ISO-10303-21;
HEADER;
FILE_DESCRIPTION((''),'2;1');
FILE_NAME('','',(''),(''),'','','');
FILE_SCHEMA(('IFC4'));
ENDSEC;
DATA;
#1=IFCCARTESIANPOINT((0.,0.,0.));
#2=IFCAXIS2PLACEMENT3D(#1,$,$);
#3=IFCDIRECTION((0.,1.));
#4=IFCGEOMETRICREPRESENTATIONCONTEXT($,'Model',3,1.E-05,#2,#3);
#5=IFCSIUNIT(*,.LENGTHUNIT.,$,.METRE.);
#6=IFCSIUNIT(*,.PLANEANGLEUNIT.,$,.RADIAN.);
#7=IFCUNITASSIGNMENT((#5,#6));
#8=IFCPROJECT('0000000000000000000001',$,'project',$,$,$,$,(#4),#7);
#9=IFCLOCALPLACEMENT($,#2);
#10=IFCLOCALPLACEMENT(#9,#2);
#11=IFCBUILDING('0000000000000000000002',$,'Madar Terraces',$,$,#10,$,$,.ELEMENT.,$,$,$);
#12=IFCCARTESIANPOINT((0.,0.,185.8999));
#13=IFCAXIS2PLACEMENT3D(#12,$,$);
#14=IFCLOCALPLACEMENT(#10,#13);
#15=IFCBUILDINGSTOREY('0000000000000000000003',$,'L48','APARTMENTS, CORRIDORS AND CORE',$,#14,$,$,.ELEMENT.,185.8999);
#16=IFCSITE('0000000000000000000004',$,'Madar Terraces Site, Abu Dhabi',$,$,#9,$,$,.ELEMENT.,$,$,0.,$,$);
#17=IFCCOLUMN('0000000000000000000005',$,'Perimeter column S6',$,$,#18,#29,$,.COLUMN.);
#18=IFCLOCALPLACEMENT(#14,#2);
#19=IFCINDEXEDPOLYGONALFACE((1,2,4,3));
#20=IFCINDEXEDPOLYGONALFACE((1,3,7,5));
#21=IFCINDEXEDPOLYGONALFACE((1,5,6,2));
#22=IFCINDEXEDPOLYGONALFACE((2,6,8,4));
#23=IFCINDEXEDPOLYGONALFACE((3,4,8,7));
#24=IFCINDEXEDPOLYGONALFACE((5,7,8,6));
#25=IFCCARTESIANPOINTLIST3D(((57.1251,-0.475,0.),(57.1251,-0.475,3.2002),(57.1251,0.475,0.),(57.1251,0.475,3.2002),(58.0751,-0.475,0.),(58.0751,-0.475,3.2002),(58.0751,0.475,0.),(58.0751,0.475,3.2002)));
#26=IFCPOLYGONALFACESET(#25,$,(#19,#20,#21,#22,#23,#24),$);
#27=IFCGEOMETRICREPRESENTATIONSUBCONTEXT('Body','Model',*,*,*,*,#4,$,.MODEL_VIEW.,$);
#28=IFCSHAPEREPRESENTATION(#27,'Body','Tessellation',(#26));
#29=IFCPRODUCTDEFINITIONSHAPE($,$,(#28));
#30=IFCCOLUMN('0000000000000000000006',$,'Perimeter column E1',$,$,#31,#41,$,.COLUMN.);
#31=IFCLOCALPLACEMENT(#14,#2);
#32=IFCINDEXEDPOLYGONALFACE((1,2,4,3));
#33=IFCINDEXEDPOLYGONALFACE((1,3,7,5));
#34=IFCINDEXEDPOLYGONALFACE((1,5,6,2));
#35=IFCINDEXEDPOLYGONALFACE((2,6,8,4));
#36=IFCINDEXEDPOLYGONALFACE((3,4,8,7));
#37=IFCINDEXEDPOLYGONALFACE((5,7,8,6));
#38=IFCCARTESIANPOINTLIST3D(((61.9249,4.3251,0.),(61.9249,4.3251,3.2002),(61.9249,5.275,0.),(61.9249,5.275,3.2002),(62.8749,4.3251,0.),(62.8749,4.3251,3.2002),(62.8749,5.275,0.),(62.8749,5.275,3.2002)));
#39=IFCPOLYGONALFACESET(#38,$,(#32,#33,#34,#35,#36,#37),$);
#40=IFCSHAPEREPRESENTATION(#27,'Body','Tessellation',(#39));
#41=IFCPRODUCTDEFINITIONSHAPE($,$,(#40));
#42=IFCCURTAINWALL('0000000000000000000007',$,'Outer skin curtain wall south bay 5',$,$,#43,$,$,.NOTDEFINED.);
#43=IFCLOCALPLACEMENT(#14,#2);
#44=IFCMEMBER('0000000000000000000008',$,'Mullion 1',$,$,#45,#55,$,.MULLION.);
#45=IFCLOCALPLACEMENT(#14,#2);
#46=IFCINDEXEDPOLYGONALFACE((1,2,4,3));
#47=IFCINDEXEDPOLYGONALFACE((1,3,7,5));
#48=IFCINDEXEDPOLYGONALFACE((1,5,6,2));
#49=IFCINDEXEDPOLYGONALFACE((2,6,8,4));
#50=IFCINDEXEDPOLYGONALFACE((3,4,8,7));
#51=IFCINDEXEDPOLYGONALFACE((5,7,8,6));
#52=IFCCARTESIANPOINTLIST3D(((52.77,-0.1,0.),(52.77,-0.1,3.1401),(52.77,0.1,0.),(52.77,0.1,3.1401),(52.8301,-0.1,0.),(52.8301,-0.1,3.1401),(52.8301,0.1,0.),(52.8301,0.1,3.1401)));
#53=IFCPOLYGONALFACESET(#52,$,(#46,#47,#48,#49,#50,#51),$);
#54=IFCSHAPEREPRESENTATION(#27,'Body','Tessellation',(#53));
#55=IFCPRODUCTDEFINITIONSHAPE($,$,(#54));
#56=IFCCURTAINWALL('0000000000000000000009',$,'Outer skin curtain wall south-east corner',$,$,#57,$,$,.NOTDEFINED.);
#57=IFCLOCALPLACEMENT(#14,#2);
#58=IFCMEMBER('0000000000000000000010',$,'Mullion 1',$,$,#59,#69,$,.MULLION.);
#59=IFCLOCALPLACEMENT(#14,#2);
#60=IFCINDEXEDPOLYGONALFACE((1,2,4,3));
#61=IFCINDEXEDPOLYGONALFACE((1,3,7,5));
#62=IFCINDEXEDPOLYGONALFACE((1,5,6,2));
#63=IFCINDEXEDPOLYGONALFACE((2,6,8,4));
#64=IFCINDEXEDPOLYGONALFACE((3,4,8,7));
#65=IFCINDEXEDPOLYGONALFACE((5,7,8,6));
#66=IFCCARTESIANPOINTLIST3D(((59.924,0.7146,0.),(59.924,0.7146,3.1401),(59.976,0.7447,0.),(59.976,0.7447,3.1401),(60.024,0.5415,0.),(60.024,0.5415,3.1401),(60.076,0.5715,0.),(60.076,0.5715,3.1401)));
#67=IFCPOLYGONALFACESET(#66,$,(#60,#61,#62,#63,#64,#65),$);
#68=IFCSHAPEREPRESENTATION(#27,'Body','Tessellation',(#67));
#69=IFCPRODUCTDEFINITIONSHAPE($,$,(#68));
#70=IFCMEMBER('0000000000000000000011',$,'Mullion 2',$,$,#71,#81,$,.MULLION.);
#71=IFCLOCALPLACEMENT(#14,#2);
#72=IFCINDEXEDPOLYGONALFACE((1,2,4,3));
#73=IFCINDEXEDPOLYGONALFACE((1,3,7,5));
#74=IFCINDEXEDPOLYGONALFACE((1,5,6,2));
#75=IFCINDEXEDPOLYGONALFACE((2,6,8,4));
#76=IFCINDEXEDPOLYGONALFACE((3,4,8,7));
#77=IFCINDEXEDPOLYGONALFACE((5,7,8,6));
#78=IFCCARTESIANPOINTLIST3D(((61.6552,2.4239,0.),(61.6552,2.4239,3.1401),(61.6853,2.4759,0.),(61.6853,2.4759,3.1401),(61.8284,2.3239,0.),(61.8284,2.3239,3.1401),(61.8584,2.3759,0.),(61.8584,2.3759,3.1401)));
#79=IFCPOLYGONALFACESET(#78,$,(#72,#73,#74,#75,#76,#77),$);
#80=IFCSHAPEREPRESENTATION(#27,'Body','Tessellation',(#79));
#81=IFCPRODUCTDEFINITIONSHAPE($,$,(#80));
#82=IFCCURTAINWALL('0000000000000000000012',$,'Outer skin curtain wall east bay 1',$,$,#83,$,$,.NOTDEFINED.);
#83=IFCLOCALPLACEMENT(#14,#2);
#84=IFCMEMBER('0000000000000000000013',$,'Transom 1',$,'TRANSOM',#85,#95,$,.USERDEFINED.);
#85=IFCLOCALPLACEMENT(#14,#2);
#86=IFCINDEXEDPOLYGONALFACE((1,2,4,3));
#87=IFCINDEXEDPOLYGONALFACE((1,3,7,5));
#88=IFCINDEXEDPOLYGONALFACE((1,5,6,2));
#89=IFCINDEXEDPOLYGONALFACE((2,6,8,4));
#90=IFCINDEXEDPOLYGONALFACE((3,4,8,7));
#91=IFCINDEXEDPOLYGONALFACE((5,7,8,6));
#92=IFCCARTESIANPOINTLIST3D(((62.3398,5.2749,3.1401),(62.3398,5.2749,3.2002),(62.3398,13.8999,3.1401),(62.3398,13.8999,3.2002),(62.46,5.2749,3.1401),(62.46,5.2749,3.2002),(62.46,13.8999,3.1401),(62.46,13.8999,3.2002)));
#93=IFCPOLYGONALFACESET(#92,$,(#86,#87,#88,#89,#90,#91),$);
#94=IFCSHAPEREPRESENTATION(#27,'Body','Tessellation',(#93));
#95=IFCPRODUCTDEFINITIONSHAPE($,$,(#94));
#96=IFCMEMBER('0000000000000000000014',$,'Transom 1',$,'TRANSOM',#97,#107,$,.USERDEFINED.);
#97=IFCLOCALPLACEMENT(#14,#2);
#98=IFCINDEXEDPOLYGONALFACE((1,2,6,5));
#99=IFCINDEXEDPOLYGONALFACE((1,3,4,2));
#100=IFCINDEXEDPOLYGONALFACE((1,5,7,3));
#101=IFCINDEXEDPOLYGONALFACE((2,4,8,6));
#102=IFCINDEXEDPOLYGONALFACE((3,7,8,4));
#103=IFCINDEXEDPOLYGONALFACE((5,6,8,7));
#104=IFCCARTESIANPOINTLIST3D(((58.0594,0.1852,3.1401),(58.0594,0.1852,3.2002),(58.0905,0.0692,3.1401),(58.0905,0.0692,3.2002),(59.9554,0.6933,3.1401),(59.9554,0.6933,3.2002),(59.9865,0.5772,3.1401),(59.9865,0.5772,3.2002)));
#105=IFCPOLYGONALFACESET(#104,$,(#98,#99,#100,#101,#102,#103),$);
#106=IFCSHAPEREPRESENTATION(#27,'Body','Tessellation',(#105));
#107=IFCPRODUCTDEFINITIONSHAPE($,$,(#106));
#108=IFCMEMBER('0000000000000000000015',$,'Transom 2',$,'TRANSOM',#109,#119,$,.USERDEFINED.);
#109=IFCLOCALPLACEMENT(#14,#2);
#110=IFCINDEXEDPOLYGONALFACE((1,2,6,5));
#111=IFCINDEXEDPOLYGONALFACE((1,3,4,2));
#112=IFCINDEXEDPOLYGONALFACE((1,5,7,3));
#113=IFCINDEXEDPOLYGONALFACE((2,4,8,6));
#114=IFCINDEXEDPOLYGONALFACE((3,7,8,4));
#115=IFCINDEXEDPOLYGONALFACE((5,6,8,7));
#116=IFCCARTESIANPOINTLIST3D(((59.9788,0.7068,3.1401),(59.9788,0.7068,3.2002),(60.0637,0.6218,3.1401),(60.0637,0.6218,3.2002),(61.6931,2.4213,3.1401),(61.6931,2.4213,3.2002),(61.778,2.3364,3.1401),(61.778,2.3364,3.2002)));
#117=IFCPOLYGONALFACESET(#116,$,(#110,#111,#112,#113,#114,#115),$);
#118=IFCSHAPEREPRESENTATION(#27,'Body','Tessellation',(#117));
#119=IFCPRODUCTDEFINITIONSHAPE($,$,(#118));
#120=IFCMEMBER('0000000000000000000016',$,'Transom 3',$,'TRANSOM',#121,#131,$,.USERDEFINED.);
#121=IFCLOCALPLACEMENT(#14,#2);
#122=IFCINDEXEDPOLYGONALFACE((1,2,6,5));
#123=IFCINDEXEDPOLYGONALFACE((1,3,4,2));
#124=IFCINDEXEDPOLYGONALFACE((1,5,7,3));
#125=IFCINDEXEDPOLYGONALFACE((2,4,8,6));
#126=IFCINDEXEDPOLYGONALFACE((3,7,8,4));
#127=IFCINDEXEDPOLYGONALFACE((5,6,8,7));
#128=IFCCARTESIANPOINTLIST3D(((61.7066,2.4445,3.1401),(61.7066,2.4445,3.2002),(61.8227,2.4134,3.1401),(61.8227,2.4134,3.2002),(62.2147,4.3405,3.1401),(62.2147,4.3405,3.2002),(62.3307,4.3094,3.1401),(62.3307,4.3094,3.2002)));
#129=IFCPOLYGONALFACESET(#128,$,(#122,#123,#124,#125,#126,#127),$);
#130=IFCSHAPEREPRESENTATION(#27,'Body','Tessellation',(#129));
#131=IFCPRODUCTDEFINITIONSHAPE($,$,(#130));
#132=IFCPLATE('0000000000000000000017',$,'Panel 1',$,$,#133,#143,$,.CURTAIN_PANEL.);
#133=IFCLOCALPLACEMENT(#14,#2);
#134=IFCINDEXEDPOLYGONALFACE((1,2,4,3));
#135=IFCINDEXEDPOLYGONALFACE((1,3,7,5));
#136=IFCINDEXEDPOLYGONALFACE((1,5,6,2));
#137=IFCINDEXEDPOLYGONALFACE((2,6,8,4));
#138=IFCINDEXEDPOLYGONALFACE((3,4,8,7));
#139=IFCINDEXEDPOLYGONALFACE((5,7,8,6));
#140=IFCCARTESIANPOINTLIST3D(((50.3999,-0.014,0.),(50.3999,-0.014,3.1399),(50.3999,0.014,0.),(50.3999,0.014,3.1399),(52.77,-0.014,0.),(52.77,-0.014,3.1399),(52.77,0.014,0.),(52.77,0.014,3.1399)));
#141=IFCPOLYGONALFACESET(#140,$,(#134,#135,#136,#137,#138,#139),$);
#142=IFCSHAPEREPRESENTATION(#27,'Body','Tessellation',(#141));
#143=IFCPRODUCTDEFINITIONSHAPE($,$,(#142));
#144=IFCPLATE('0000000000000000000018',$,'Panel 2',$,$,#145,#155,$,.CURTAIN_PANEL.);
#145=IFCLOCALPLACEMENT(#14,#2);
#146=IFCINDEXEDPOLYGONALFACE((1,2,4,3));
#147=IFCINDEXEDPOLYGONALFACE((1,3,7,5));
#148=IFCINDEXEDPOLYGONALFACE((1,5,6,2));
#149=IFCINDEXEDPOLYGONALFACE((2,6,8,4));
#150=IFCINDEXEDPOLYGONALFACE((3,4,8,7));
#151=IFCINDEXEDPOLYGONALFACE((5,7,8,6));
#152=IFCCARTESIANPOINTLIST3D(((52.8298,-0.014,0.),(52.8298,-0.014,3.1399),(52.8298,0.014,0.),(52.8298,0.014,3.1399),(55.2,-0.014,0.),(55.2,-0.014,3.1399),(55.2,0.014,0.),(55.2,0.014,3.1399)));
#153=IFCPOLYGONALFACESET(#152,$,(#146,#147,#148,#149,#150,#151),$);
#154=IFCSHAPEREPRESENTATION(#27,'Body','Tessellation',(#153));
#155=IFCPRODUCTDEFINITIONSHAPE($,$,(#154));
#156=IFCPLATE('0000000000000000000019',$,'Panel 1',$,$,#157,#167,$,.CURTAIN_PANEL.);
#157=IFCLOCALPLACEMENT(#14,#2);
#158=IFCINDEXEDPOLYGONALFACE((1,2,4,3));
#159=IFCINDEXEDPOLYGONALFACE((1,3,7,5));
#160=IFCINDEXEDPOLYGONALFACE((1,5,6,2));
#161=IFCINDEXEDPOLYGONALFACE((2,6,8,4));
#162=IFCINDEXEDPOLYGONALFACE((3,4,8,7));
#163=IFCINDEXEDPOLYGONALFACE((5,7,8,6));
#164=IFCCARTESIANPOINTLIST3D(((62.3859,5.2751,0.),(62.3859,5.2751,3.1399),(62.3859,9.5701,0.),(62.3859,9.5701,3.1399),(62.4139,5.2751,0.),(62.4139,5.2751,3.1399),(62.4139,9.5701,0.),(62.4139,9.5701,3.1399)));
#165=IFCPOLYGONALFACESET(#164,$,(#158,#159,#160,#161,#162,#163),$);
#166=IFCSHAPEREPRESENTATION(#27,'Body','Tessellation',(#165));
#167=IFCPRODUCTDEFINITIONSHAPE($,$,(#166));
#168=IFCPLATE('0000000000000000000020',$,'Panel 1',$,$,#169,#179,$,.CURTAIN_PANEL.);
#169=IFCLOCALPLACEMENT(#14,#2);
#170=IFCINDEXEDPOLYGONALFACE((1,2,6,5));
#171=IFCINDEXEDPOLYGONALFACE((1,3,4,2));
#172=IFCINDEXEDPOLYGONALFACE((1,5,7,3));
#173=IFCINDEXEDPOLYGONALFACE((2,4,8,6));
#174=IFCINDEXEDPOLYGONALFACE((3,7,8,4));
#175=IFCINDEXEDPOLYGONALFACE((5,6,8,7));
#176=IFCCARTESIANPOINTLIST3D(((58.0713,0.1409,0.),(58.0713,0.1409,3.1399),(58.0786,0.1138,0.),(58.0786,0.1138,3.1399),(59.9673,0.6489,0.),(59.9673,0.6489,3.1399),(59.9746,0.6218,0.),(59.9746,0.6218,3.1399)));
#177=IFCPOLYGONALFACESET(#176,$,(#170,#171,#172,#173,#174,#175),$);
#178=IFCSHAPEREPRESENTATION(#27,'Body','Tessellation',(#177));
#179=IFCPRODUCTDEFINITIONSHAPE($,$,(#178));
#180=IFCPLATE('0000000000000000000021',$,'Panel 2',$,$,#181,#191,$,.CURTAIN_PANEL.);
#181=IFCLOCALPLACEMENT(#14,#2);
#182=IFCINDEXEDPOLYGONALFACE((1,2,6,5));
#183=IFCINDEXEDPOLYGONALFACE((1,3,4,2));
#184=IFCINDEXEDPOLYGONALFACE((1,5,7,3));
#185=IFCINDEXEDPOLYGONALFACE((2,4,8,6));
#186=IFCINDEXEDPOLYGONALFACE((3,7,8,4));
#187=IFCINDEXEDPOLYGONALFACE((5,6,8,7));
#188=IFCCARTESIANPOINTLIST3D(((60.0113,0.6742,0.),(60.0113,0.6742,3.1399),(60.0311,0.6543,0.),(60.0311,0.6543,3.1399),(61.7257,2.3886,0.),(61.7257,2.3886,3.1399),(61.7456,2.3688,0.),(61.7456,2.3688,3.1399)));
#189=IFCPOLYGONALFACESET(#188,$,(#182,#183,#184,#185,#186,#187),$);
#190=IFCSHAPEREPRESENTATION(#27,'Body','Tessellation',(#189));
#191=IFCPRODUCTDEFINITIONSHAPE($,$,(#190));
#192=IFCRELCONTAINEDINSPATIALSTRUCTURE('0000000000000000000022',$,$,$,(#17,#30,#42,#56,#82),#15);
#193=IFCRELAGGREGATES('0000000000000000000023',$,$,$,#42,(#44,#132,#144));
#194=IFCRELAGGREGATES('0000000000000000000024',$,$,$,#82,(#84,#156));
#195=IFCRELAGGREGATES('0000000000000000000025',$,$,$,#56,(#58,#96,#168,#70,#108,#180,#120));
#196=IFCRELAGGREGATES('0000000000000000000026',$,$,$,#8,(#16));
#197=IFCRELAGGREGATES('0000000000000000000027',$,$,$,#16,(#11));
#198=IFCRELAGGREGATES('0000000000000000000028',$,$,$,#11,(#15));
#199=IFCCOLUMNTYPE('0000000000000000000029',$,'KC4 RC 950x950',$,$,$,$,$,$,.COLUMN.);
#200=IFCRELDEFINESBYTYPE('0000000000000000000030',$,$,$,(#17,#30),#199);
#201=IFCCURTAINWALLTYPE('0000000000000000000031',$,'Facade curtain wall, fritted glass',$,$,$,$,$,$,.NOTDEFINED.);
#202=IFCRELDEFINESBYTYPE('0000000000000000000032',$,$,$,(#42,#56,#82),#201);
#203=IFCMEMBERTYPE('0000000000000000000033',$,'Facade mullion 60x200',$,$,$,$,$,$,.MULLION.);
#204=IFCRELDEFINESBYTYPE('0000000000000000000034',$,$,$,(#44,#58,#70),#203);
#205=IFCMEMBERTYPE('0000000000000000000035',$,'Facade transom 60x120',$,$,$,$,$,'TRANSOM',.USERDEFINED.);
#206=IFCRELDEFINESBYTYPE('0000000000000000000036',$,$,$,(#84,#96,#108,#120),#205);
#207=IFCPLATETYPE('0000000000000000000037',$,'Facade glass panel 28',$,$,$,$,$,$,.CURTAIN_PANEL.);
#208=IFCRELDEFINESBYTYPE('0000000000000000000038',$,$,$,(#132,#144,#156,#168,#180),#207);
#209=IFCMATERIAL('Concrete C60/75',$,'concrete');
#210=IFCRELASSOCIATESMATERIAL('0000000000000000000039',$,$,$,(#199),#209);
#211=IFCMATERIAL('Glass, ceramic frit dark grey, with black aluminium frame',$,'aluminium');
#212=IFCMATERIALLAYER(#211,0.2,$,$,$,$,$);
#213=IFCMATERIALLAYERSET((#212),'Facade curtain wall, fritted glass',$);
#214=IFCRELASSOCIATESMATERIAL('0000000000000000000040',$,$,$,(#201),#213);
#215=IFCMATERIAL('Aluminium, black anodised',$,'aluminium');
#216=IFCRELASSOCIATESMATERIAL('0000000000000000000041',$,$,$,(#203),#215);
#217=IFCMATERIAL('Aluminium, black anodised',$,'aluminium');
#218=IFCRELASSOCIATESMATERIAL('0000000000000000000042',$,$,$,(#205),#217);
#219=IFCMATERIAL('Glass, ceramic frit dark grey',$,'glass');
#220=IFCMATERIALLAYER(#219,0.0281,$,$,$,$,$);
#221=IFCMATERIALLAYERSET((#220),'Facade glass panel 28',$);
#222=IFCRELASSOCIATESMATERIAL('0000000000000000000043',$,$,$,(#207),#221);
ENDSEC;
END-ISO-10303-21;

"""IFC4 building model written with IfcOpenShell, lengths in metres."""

from ifc_helpers import new_model, si_unit, direction, frame, origin, origin_2d, place, context, subcontext, project, spatial, rectangle, extrude, material, layer, layer_set, material_profile, profile_set, type_object, element, aggregate, save


model = new_model("IFC4")

# Units and contexts
model_context = context("Model", 3, precision=1e-05, world=origin(), true_north=direction((0.0, 1.0)))
body_context = subcontext(model_context, "Body", "Model", "MODEL_VIEW")
ifc_project = project(units=[si_unit("LENGTHUNIT", "METRE"), si_unit("PLANEANGLEUNIT", "RADIAN")], contexts=[model_context])

# Site, building, storey
site_placement = place(None, origin())
site = spatial("IfcSite", under=ifc_project, at=site_placement, Name="Madar Terraces Site, Abu Dhabi", CompositionType="ELEMENT", RefElevation=0.0)
building_placement = place(site_placement, origin())
building = spatial("IfcBuilding", under=site, at=building_placement, Name="Madar Terraces", CompositionType="ELEMENT")
storey_placement = place(building_placement, frame((0.0, 0.0, 185.8999)))
storey = spatial("IfcBuildingStorey", under=building, at=storey_placement, Name="L48", Description="APARTMENTS, CORRIDORS AND CORE", CompositionType="ELEMENT", Elevation=185.8999)

# Columns
ifc_material_1 = material(Name="Concrete C60/75", Category="concrete")
ifc_material_profile_1 = material_profile(ifc_material_1, rectangle(XDim=0.95, YDim=0.95, at=origin_2d()), Name="KC4 RC 950x950")
ifc_profile_set_1 = profile_set([ifc_material_profile_1], Name="Concrete C60/75")
column_type = type_object("IfcColumnType", Name="KC4 RC 950x950", PredefinedType="COLUMN", material=ifc_profile_set_1)
for number, where, z_axis, x_axis, name in (
    (1, (57.6001, 0.0, 0.0), (0.0, 0.0, 1.0), (1.0, 0.0, 0.0), "Perimeter column S6"),
    (2, (62.3999, 4.8, 0.0), (0.0, 0.0, 1.0), (1.0, 0.0, 0.0), "Perimeter column E1"),
):
    element("IfcColumn", number, at=place(storey_placement, frame(where, z_axis=z_axis, x_axis=x_axis)), inside=storey, type_object=column_type, Name=name, PredefinedType="COLUMN", context=body_context, shape_type="SweptSolid", body=[
        extrude(rectangle(XDim=0.95, YDim=0.95, at=origin_2d()), origin(), (0.0, 0.0, 1.0), 3.2002),
    ])

# Curtain wall, member
ifc_material_2 = material(Name="Glass, ceramic frit dark grey, with black aluminium frame", Category="aluminium")
ifc_layer_1 = layer(ifc_material_2, 0.2)
ifc_layer_set_1 = layer_set([ifc_layer_1], Name="Facade curtain wall, fritted glass")
curtain_wall_type = type_object("IfcCurtainWallType", Name="Facade curtain wall, fritted glass", PredefinedType="NOTDEFINED", material=ifc_layer_set_1)
curtain_wall_1_placement = place(storey_placement, origin())
curtain_wall_1 = element("IfcCurtainWall", 3, at=curtain_wall_1_placement, inside=storey, type_object=curtain_wall_type, Name="Outer skin curtain wall south bay 5", PredefinedType="NOTDEFINED")
ifc_material_3 = material(Name="Aluminium, black anodised", Category="aluminium")
ifc_material_profile_2 = material_profile(ifc_material_3, rectangle(XDim=0.2, YDim=0.0601, at=origin_2d()), Name="Facade mullion 60x200")
ifc_profile_set_2 = profile_set([ifc_material_profile_2], Name="Aluminium, black anodised")
member_type_1 = type_object("IfcMemberType", Name="Facade mullion 60x200", PredefinedType="MULLION", material=ifc_profile_set_2)
member_1_placement = place(storey_placement, frame((52.8, 0.0, 0.0), z_axis=(0.0, 0.0, 1.0), x_axis=(0.0, 1.0, 0.0)))
member_1 = element("IfcMember", 4, at=member_1_placement, type_object=member_type_1, Name="Mullion 1", PredefinedType="MULLION", context=body_context, shape_type="SweptSolid", body=[
    extrude(rectangle(XDim=0.2, YDim=0.0601, at=origin_2d()), origin(), (0.0, 0.0, 1.0), 3.1401),
])

# Curtain wall, members
curtain_wall_2_placement = place(storey_placement, origin())
curtain_wall_2 = element("IfcCurtainWall", 5, at=curtain_wall_2_placement, inside=storey, type_object=curtain_wall_type, Name="Outer skin curtain wall south-east corner", PredefinedType="NOTDEFINED")
member_2_placement = place(storey_placement, frame((60.0, 0.6431, 0.0), z_axis=(0.0, 0.0, 1.0), x_axis=(-0.5, 0.866025, 0.0)))
member_2 = element("IfcMember", 6, at=member_2_placement, type_object=member_type_1, Name="Mullion 1", PredefinedType="MULLION", context=body_context, shape_type="SweptSolid", body=[
    extrude(rectangle(XDim=0.2, YDim=0.0601, at=origin_2d()), origin(), (0.0, 0.0, 1.0), 3.1401),
])
member_3_placement = place(storey_placement, frame((61.7568, 2.3999, 0.0), z_axis=(0.0, 0.0, 1.0), x_axis=(-0.866025, 0.5, 0.0)))
member_3 = element("IfcMember", 7, at=member_3_placement, type_object=member_type_1, Name="Mullion 2", PredefinedType="MULLION", context=body_context, shape_type="SweptSolid", body=[
    extrude(rectangle(XDim=0.2, YDim=0.0601, at=origin_2d()), origin(), (0.0, 0.0, 1.0), 3.1401),
])

# Curtain wall, member
curtain_wall_3_placement = place(storey_placement, origin())
curtain_wall_3 = element("IfcCurtainWall", 8, at=curtain_wall_3_placement, inside=storey, type_object=curtain_wall_type, Name="Outer skin curtain wall east bay 1", PredefinedType="NOTDEFINED")
ifc_material_4 = material(Name="Aluminium, black anodised", Category="aluminium")
ifc_material_profile_3 = material_profile(ifc_material_4, rectangle(XDim=0.1201, YDim=0.0601, at=origin_2d()), Name="Facade transom 60x120")
ifc_profile_set_3 = profile_set([ifc_material_profile_3], Name="Aluminium, black anodised")
member_type_2 = type_object("IfcMemberType", Name="Facade transom 60x120", ElementType="TRANSOM", PredefinedType="USERDEFINED", material=ifc_profile_set_3)
member_4_placement = place(storey_placement, frame((62.3999, 5.2749, 3.1702), z_axis=(0.0, 1.0, 0.0), x_axis=(-1.0, 0.0, 0.0)))
member_4 = element("IfcMember", 9, at=member_4_placement, type_object=member_type_2, Name="Transom 1", ObjectType="TRANSOM", PredefinedType="USERDEFINED", context=body_context, shape_type="SweptSolid", body=[
    extrude(rectangle(XDim=0.1201, YDim=0.0601, at=origin_2d()), origin(), (0.0, 0.0, 1.0), 8.625),
])

# Members
member_5_placement = place(storey_placement, frame((58.075, 0.1272, 3.1702), z_axis=(0.965923, 0.258831, 0.0), x_axis=(-0.258831, 0.965923, 0.0)))
member_5 = element("IfcMember", 10, at=member_5_placement, type_object=member_type_2, Name="Transom 1", ObjectType="TRANSOM", PredefinedType="USERDEFINED", context=body_context, shape_type="SweptSolid", body=[
    extrude(rectangle(XDim=0.1201, YDim=0.0601, at=origin_2d()), origin(), (0.0, 0.0, 1.0), 1.9629),
])
member_6_placement = place(storey_placement, frame((60.0212, 0.6643, 3.1702), z_axis=(0.707056, 0.707157, 0.0), x_axis=(-0.707157, 0.707056, 0.0)))
member_6 = element("IfcMember", 11, at=member_6_placement, type_object=member_type_2, Name="Transom 2", ObjectType="TRANSOM", PredefinedType="USERDEFINED", context=body_context, shape_type="SweptSolid", body=[
    extrude(rectangle(XDim=0.1201, YDim=0.0601, at=origin_2d()), origin(), (0.0, 0.0, 1.0), 2.4246),
])
member_7_placement = place(storey_placement, frame((61.7646, 2.429, 3.1702), z_axis=(0.258831, 0.965923, 0.0), x_axis=(-0.965923, 0.258831, 0.0)))
member_7 = element("IfcMember", 12, at=member_7_placement, type_object=member_type_2, Name="Transom 3", ObjectType="TRANSOM", PredefinedType="USERDEFINED", context=body_context, shape_type="SweptSolid", body=[
    extrude(rectangle(XDim=0.1201, YDim=0.0601, at=origin_2d()), origin(), (0.0, 0.0, 1.0), 1.9629),
])

# Plates
ifc_material_5 = material(Name="Glass, ceramic frit dark grey", Category="glass")
ifc_layer_2 = layer(ifc_material_5, 0.0281)
ifc_layer_set_2 = layer_set([ifc_layer_2], Name="Facade glass panel 28")
plate_type = type_object("IfcPlateType", Name="Facade glass panel 28", PredefinedType="CURTAIN_PANEL", material=ifc_layer_set_2)
plate_1_placement = place(storey_placement, frame((51.585, 0.0, 0.0), z_axis=(0.0, 0.0, 1.0), x_axis=(1.0, 0.0, 0.0)))
plate_1 = element("IfcPlate", 13, at=plate_1_placement, type_object=plate_type, Name="Panel 1", PredefinedType="CURTAIN_PANEL", context=body_context, shape_type="SweptSolid", body=[
    extrude(rectangle(XDim=2.3701, YDim=0.0281, at=origin_2d()), origin(), (0.0, 0.0, 1.0), 3.1399),
])
plate_2_placement = place(storey_placement, frame((54.0149, 0.0, 0.0), z_axis=(0.0, 0.0, 1.0), x_axis=(1.0, 0.0, 0.0)))
plate_2 = element("IfcPlate", 14, at=plate_2_placement, type_object=plate_type, Name="Panel 2", PredefinedType="CURTAIN_PANEL", context=body_context, shape_type="SweptSolid", body=[
    extrude(rectangle(XDim=2.3701, YDim=0.0281, at=origin_2d()), origin(), (0.0, 0.0, 1.0), 3.1399),
])
aggregate(curtain_wall_1, [member_1, plate_1, plate_2])
plate_3_placement = place(storey_placement, frame((62.3999, 7.4226, 0.0), z_axis=(0.0, 0.0, 1.0), x_axis=(0.0, 1.0, 0.0)))
plate_3 = element("IfcPlate", 15, at=plate_3_placement, type_object=plate_type, Name="Panel 1", PredefinedType="CURTAIN_PANEL", context=body_context, shape_type="SweptSolid", body=[
    extrude(rectangle(XDim=4.2949, YDim=0.0281, at=origin_2d()), origin(), (0.0, 0.0, 1.0), 3.1399),
])
aggregate(curtain_wall_3, [member_4, plate_3])
plate_4_placement = place(storey_placement, frame((59.0229, 0.3813, 0.0), z_axis=(0.0, 0.0, 1.0), x_axis=(0.965926, 0.258819, 0.0)))
plate_4 = element("IfcPlate", 16, at=plate_4_placement, type_object=plate_type, Name="Panel 1", PredefinedType="CURTAIN_PANEL", context=body_context, shape_type="SweptSolid", body=[
    extrude(rectangle(XDim=1.9629, YDim=0.0281, at=origin_2d()), origin(), (0.0, 0.0, 1.0), 3.1399),
])
plate_5_placement = place(storey_placement, frame((60.8784, 1.5215, 0.0), z_axis=(0.0, 0.0, 1.0), x_axis=(0.707107, 0.707107, 0.0)))
plate_5 = element("IfcPlate", 17, at=plate_5_placement, type_object=plate_type, Name="Panel 2", PredefinedType="CURTAIN_PANEL", context=body_context, shape_type="SweptSolid", body=[
    extrude(rectangle(XDim=2.4246, YDim=0.0281, at=origin_2d()), origin(), (0.0, 0.0, 1.0), 3.1399),
])
aggregate(curtain_wall_2, [member_2, member_5, plate_4, member_3, member_6, plate_5, member_7])

save(model, "model.ifc")
